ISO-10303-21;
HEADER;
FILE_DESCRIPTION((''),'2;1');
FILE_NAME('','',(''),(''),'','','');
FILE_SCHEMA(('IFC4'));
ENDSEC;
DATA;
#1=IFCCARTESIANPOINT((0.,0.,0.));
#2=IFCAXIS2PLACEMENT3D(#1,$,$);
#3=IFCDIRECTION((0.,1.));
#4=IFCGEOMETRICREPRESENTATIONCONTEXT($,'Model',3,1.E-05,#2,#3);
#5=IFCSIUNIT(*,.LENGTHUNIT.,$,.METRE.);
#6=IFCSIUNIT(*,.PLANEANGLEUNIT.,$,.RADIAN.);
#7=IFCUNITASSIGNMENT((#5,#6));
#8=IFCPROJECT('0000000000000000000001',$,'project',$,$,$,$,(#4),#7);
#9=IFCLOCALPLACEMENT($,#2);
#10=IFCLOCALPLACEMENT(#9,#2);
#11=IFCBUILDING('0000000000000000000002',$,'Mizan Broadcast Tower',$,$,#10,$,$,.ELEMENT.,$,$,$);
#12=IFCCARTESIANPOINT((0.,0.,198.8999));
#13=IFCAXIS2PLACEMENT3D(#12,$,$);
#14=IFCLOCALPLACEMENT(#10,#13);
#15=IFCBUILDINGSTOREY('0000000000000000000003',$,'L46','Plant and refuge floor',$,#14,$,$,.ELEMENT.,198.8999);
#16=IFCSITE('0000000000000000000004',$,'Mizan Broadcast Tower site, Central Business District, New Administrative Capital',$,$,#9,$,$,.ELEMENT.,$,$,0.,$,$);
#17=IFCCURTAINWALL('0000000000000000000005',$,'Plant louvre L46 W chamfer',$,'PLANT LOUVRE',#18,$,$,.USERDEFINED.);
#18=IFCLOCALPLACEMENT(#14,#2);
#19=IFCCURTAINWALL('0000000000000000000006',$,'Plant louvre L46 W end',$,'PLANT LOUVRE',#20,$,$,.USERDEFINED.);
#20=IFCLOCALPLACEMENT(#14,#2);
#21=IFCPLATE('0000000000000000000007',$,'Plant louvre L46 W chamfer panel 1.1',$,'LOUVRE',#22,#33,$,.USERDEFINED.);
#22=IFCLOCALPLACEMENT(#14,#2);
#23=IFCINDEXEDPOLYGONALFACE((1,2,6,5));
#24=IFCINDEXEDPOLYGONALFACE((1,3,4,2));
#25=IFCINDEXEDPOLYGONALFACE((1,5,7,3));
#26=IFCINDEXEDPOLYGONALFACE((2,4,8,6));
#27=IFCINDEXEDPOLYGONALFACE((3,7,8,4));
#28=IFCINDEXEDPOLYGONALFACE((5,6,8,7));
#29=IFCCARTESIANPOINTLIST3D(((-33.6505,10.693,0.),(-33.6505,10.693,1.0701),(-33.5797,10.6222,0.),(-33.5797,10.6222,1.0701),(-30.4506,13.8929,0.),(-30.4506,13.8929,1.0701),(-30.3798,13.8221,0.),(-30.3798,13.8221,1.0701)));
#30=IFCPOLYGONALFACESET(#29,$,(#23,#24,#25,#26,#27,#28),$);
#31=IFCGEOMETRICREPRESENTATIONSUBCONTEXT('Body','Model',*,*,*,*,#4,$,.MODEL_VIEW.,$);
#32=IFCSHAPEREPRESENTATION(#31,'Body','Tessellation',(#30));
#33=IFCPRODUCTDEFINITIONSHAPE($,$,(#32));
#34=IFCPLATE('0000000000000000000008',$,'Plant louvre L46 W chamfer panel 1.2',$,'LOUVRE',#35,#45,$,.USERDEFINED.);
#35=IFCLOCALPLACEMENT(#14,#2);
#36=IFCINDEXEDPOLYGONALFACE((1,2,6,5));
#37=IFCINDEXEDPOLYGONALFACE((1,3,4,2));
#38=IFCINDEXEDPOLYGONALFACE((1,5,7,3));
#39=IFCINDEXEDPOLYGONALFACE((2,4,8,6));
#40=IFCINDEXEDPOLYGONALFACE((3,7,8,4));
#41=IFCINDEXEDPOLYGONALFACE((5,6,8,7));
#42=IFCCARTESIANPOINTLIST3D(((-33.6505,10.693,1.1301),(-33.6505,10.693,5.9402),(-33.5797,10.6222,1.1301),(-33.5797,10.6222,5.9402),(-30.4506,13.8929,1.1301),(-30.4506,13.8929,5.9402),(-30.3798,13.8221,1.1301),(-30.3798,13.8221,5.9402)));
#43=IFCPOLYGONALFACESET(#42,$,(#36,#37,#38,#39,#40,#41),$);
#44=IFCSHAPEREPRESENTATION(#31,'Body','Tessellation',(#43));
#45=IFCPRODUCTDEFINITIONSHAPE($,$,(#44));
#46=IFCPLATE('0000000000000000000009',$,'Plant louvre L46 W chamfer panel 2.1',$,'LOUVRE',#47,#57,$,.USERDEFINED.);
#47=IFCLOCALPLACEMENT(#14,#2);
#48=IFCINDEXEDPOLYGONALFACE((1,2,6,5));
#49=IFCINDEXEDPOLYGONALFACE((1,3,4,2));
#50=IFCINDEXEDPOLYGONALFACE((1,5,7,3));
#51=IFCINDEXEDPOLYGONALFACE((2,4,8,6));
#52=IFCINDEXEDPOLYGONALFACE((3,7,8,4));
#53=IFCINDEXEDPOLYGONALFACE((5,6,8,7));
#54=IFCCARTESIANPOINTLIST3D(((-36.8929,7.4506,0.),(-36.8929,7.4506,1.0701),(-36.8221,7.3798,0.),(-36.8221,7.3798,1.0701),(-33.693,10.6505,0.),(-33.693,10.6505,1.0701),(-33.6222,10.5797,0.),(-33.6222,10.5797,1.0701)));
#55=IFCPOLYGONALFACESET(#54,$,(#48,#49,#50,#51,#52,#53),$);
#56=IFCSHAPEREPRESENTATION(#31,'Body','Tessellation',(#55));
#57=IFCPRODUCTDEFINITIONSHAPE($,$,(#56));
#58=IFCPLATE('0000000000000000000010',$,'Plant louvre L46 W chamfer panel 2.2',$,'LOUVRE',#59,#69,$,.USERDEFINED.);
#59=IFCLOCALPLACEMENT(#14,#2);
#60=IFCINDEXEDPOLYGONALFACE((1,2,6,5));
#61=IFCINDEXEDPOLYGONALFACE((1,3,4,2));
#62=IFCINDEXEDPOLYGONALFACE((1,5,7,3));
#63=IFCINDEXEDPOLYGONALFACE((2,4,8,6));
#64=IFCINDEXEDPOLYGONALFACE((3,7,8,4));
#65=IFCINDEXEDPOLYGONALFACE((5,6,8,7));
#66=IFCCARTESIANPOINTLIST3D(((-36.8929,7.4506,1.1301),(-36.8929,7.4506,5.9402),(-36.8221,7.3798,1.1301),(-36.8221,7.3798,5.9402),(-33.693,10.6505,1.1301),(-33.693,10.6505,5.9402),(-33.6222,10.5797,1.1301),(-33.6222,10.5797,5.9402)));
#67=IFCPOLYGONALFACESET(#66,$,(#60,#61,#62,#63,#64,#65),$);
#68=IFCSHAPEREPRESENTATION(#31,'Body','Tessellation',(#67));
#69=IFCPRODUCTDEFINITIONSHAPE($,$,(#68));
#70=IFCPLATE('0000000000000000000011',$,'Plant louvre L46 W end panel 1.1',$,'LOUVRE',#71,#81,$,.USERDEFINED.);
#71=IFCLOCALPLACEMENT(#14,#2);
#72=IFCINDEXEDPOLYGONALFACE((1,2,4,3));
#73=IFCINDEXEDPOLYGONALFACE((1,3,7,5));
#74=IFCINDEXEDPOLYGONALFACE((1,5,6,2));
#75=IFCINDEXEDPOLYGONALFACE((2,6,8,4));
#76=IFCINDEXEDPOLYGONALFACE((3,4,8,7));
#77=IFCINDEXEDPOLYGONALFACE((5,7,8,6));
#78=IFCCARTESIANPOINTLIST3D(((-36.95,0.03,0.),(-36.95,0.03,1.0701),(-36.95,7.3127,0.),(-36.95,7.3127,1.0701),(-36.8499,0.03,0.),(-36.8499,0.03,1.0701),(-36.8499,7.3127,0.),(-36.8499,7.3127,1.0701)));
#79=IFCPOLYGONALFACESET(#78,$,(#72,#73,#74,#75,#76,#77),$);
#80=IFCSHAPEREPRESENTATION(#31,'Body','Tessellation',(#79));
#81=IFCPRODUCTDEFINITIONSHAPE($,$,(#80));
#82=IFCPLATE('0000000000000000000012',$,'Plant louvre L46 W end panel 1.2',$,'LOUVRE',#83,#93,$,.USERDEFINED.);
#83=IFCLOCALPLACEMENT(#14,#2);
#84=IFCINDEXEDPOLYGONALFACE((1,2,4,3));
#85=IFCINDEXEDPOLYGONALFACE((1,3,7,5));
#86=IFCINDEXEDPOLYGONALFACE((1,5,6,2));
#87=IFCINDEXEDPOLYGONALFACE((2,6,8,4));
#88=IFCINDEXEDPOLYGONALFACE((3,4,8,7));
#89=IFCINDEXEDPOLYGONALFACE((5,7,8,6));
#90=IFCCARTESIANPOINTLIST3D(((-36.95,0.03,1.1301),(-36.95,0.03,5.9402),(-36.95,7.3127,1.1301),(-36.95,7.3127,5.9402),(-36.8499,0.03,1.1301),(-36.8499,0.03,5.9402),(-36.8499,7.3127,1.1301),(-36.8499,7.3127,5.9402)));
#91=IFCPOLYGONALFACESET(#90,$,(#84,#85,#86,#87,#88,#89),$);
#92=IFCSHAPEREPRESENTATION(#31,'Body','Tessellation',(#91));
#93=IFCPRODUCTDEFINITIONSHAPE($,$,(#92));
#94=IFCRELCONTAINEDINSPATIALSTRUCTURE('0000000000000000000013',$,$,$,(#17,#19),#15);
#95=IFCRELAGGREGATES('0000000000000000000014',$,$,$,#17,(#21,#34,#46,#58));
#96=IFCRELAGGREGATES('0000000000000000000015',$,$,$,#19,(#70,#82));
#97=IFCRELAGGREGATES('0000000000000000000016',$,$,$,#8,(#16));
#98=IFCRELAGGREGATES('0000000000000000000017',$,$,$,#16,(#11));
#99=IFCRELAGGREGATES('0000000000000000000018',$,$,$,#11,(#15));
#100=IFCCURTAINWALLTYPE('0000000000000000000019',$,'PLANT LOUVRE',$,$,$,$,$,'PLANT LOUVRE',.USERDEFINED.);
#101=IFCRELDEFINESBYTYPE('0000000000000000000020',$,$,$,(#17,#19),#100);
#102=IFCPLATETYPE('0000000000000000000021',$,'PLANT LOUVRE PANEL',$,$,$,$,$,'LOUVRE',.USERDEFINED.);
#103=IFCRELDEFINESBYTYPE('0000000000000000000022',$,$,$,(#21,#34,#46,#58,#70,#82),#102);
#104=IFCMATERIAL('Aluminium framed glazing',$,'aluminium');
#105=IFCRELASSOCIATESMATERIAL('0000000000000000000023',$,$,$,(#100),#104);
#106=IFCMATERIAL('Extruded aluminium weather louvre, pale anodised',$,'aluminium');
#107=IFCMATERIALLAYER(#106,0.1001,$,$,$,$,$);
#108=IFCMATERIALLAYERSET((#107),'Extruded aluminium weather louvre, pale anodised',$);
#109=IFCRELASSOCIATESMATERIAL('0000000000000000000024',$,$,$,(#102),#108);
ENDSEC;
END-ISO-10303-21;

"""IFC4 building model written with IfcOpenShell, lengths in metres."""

from ifc_helpers import new_model, si_unit, direction, frame, origin, origin_2d, place, context, subcontext, project, spatial, rectangle, extrude, material, layer, layer_set, type_object, element, aggregate, save


model = new_model("IFC4")

# Units and contexts
model_context = context("Model", 3, precision=1e-05, world=origin(), true_north=direction((0.0, 1.0)))
body_context = subcontext(model_context, "Body", "Model", "MODEL_VIEW")
ifc_project = project(units=[si_unit("LENGTHUNIT", "METRE"), si_unit("PLANEANGLEUNIT", "RADIAN")], contexts=[model_context])

# Site, building, storey
site_placement = place(None, origin())
site = spatial("IfcSite", under=ifc_project, at=site_placement, Name="Mizan Broadcast Tower site, Central Business District, New Administrative Capital", CompositionType="ELEMENT", RefElevation=0.0)
building_placement = place(site_placement, origin())
building = spatial("IfcBuilding", under=site, at=building_placement, Name="Mizan Broadcast Tower", CompositionType="ELEMENT")
storey_placement = place(building_placement, frame((0.0, 0.0, 198.8999)))
storey = spatial("IfcBuildingStorey", under=building, at=storey_placement, Name="L46", Description="Plant and refuge floor", CompositionType="ELEMENT", Elevation=198.8999)

# Shared definitions
ifc_material_1 = material(Name="Aluminium framed glazing", Category="aluminium")
curtain_wall_type = type_object("IfcCurtainWallType", Name="PLANT LOUVRE", ElementType="PLANT LOUVRE", PredefinedType="USERDEFINED", material=ifc_material_1)

# Curtain walls
curtain_wall_1_placement = place(storey_placement, origin())
curtain_wall_1 = element("IfcCurtainWall", 1, at=curtain_wall_1_placement, inside=storey, type_object=curtain_wall_type, Name="Plant louvre L46 W chamfer", ObjectType="PLANT LOUVRE", PredefinedType="USERDEFINED")
curtain_wall_2_placement = place(storey_placement, origin())
curtain_wall_2 = element("IfcCurtainWall", 2, at=curtain_wall_2_placement, inside=storey, type_object=curtain_wall_type, Name="Plant louvre L46 W end", ObjectType="PLANT LOUVRE", PredefinedType="USERDEFINED")

# Plates
ifc_material_2 = material(Name="Extruded aluminium weather louvre, pale anodised", Category="aluminium")
ifc_layer = layer(ifc_material_2, 0.1001)
ifc_layer_set = layer_set([ifc_layer], Name="Extruded aluminium weather louvre, pale anodised")
plate_type = type_object("IfcPlateType", Name="PLANT LOUVRE PANEL", ElementType="LOUVRE", PredefinedType="USERDEFINED", material=ifc_layer_set)
plate_1_placement = place(storey_placement, frame((-32.0151, 12.2576, 0.0), z_axis=(0.0, 0.0, 1.0), x_axis=(-0.707107, -0.707107, 0.0)))
plate_1 = element("IfcPlate", 3, at=plate_1_placement, type_object=plate_type, Name="Plant louvre L46 W chamfer panel 1.1", ObjectType="LOUVRE", PredefinedType="USERDEFINED", context=body_context, shape_type="SweptSolid", body=[
    extrude(rectangle(XDim=4.5254, YDim=0.1001, at=origin_2d()), origin(), (0.0, 0.0, 1.0), 1.0701),
])
plate_2_placement = place(storey_placement, frame((-32.0151, 12.2576, 1.1301), z_axis=(0.0, 0.0, 1.0), x_axis=(-0.707107, -0.707107, 0.0)))
plate_2 = element("IfcPlate", 4, at=plate_2_placement, type_object=plate_type, Name="Plant louvre L46 W chamfer panel 1.2", ObjectType="LOUVRE", PredefinedType="USERDEFINED", context=body_context, shape_type="SweptSolid", body=[
    extrude(rectangle(XDim=4.5254, YDim=0.1001, at=origin_2d()), origin(), (0.0, 0.0, 1.0), 4.8101),
])
plate_3_placement = place(storey_placement, frame((-35.2576, 9.0151, 0.0), z_axis=(0.0, 0.0, 1.0), x_axis=(-0.707107, -0.707107, 0.0)))
plate_3 = element("IfcPlate", 5, at=plate_3_placement, type_object=plate_type, Name="Plant louvre L46 W chamfer panel 2.1", ObjectType="LOUVRE", PredefinedType="USERDEFINED", context=body_context, shape_type="SweptSolid", body=[
    extrude(rectangle(XDim=4.5254, YDim=0.1001, at=origin_2d()), origin(), (0.0, 0.0, 1.0), 1.0701),
])
plate_4_placement = place(storey_placement, frame((-35.2576, 9.0151, 1.1301), z_axis=(0.0, 0.0, 1.0), x_axis=(-0.707107, -0.707107, 0.0)))
plate_4 = element("IfcPlate", 6, at=plate_4_placement, type_object=plate_type, Name="Plant louvre L46 W chamfer panel 2.2", ObjectType="LOUVRE", PredefinedType="USERDEFINED", context=body_context, shape_type="SweptSolid", body=[
    extrude(rectangle(XDim=4.5254, YDim=0.1001, at=origin_2d()), origin(), (0.0, 0.0, 1.0), 4.8101),
])
aggregate(curtain_wall_1, [plate_1, plate_2, plate_3, plate_4])
plate_5_placement = place(storey_placement, frame((-36.8999, 3.6714, 0.0), z_axis=(0.0, 0.0, 1.0), x_axis=(0.0, -1.0, 0.0)))
plate_5 = element("IfcPlate", 7, at=plate_5_placement, type_object=plate_type, Name="Plant louvre L46 W end panel 1.1", ObjectType="LOUVRE", PredefinedType="USERDEFINED", context=body_context, shape_type="SweptSolid", body=[
    extrude(rectangle(XDim=7.2827, YDim=0.1001, at=origin_2d()), origin(), (0.0, 0.0, 1.0), 1.0701),
])
plate_6_placement = place(storey_placement, frame((-36.8999, 3.6714, 1.1301), z_axis=(0.0, 0.0, 1.0), x_axis=(0.0, -1.0, 0.0)))
plate_6 = element("IfcPlate", 8, at=plate_6_placement, type_object=plate_type, Name="Plant louvre L46 W end panel 1.2", ObjectType="LOUVRE", PredefinedType="USERDEFINED", context=body_context, shape_type="SweptSolid", body=[
    extrude(rectangle(XDim=7.2827, YDim=0.1001, at=origin_2d()), origin(), (0.0, 0.0, 1.0), 4.8101),
])
aggregate(curtain_wall_2, [plate_5, plate_6])

save(model, "model.ifc")
